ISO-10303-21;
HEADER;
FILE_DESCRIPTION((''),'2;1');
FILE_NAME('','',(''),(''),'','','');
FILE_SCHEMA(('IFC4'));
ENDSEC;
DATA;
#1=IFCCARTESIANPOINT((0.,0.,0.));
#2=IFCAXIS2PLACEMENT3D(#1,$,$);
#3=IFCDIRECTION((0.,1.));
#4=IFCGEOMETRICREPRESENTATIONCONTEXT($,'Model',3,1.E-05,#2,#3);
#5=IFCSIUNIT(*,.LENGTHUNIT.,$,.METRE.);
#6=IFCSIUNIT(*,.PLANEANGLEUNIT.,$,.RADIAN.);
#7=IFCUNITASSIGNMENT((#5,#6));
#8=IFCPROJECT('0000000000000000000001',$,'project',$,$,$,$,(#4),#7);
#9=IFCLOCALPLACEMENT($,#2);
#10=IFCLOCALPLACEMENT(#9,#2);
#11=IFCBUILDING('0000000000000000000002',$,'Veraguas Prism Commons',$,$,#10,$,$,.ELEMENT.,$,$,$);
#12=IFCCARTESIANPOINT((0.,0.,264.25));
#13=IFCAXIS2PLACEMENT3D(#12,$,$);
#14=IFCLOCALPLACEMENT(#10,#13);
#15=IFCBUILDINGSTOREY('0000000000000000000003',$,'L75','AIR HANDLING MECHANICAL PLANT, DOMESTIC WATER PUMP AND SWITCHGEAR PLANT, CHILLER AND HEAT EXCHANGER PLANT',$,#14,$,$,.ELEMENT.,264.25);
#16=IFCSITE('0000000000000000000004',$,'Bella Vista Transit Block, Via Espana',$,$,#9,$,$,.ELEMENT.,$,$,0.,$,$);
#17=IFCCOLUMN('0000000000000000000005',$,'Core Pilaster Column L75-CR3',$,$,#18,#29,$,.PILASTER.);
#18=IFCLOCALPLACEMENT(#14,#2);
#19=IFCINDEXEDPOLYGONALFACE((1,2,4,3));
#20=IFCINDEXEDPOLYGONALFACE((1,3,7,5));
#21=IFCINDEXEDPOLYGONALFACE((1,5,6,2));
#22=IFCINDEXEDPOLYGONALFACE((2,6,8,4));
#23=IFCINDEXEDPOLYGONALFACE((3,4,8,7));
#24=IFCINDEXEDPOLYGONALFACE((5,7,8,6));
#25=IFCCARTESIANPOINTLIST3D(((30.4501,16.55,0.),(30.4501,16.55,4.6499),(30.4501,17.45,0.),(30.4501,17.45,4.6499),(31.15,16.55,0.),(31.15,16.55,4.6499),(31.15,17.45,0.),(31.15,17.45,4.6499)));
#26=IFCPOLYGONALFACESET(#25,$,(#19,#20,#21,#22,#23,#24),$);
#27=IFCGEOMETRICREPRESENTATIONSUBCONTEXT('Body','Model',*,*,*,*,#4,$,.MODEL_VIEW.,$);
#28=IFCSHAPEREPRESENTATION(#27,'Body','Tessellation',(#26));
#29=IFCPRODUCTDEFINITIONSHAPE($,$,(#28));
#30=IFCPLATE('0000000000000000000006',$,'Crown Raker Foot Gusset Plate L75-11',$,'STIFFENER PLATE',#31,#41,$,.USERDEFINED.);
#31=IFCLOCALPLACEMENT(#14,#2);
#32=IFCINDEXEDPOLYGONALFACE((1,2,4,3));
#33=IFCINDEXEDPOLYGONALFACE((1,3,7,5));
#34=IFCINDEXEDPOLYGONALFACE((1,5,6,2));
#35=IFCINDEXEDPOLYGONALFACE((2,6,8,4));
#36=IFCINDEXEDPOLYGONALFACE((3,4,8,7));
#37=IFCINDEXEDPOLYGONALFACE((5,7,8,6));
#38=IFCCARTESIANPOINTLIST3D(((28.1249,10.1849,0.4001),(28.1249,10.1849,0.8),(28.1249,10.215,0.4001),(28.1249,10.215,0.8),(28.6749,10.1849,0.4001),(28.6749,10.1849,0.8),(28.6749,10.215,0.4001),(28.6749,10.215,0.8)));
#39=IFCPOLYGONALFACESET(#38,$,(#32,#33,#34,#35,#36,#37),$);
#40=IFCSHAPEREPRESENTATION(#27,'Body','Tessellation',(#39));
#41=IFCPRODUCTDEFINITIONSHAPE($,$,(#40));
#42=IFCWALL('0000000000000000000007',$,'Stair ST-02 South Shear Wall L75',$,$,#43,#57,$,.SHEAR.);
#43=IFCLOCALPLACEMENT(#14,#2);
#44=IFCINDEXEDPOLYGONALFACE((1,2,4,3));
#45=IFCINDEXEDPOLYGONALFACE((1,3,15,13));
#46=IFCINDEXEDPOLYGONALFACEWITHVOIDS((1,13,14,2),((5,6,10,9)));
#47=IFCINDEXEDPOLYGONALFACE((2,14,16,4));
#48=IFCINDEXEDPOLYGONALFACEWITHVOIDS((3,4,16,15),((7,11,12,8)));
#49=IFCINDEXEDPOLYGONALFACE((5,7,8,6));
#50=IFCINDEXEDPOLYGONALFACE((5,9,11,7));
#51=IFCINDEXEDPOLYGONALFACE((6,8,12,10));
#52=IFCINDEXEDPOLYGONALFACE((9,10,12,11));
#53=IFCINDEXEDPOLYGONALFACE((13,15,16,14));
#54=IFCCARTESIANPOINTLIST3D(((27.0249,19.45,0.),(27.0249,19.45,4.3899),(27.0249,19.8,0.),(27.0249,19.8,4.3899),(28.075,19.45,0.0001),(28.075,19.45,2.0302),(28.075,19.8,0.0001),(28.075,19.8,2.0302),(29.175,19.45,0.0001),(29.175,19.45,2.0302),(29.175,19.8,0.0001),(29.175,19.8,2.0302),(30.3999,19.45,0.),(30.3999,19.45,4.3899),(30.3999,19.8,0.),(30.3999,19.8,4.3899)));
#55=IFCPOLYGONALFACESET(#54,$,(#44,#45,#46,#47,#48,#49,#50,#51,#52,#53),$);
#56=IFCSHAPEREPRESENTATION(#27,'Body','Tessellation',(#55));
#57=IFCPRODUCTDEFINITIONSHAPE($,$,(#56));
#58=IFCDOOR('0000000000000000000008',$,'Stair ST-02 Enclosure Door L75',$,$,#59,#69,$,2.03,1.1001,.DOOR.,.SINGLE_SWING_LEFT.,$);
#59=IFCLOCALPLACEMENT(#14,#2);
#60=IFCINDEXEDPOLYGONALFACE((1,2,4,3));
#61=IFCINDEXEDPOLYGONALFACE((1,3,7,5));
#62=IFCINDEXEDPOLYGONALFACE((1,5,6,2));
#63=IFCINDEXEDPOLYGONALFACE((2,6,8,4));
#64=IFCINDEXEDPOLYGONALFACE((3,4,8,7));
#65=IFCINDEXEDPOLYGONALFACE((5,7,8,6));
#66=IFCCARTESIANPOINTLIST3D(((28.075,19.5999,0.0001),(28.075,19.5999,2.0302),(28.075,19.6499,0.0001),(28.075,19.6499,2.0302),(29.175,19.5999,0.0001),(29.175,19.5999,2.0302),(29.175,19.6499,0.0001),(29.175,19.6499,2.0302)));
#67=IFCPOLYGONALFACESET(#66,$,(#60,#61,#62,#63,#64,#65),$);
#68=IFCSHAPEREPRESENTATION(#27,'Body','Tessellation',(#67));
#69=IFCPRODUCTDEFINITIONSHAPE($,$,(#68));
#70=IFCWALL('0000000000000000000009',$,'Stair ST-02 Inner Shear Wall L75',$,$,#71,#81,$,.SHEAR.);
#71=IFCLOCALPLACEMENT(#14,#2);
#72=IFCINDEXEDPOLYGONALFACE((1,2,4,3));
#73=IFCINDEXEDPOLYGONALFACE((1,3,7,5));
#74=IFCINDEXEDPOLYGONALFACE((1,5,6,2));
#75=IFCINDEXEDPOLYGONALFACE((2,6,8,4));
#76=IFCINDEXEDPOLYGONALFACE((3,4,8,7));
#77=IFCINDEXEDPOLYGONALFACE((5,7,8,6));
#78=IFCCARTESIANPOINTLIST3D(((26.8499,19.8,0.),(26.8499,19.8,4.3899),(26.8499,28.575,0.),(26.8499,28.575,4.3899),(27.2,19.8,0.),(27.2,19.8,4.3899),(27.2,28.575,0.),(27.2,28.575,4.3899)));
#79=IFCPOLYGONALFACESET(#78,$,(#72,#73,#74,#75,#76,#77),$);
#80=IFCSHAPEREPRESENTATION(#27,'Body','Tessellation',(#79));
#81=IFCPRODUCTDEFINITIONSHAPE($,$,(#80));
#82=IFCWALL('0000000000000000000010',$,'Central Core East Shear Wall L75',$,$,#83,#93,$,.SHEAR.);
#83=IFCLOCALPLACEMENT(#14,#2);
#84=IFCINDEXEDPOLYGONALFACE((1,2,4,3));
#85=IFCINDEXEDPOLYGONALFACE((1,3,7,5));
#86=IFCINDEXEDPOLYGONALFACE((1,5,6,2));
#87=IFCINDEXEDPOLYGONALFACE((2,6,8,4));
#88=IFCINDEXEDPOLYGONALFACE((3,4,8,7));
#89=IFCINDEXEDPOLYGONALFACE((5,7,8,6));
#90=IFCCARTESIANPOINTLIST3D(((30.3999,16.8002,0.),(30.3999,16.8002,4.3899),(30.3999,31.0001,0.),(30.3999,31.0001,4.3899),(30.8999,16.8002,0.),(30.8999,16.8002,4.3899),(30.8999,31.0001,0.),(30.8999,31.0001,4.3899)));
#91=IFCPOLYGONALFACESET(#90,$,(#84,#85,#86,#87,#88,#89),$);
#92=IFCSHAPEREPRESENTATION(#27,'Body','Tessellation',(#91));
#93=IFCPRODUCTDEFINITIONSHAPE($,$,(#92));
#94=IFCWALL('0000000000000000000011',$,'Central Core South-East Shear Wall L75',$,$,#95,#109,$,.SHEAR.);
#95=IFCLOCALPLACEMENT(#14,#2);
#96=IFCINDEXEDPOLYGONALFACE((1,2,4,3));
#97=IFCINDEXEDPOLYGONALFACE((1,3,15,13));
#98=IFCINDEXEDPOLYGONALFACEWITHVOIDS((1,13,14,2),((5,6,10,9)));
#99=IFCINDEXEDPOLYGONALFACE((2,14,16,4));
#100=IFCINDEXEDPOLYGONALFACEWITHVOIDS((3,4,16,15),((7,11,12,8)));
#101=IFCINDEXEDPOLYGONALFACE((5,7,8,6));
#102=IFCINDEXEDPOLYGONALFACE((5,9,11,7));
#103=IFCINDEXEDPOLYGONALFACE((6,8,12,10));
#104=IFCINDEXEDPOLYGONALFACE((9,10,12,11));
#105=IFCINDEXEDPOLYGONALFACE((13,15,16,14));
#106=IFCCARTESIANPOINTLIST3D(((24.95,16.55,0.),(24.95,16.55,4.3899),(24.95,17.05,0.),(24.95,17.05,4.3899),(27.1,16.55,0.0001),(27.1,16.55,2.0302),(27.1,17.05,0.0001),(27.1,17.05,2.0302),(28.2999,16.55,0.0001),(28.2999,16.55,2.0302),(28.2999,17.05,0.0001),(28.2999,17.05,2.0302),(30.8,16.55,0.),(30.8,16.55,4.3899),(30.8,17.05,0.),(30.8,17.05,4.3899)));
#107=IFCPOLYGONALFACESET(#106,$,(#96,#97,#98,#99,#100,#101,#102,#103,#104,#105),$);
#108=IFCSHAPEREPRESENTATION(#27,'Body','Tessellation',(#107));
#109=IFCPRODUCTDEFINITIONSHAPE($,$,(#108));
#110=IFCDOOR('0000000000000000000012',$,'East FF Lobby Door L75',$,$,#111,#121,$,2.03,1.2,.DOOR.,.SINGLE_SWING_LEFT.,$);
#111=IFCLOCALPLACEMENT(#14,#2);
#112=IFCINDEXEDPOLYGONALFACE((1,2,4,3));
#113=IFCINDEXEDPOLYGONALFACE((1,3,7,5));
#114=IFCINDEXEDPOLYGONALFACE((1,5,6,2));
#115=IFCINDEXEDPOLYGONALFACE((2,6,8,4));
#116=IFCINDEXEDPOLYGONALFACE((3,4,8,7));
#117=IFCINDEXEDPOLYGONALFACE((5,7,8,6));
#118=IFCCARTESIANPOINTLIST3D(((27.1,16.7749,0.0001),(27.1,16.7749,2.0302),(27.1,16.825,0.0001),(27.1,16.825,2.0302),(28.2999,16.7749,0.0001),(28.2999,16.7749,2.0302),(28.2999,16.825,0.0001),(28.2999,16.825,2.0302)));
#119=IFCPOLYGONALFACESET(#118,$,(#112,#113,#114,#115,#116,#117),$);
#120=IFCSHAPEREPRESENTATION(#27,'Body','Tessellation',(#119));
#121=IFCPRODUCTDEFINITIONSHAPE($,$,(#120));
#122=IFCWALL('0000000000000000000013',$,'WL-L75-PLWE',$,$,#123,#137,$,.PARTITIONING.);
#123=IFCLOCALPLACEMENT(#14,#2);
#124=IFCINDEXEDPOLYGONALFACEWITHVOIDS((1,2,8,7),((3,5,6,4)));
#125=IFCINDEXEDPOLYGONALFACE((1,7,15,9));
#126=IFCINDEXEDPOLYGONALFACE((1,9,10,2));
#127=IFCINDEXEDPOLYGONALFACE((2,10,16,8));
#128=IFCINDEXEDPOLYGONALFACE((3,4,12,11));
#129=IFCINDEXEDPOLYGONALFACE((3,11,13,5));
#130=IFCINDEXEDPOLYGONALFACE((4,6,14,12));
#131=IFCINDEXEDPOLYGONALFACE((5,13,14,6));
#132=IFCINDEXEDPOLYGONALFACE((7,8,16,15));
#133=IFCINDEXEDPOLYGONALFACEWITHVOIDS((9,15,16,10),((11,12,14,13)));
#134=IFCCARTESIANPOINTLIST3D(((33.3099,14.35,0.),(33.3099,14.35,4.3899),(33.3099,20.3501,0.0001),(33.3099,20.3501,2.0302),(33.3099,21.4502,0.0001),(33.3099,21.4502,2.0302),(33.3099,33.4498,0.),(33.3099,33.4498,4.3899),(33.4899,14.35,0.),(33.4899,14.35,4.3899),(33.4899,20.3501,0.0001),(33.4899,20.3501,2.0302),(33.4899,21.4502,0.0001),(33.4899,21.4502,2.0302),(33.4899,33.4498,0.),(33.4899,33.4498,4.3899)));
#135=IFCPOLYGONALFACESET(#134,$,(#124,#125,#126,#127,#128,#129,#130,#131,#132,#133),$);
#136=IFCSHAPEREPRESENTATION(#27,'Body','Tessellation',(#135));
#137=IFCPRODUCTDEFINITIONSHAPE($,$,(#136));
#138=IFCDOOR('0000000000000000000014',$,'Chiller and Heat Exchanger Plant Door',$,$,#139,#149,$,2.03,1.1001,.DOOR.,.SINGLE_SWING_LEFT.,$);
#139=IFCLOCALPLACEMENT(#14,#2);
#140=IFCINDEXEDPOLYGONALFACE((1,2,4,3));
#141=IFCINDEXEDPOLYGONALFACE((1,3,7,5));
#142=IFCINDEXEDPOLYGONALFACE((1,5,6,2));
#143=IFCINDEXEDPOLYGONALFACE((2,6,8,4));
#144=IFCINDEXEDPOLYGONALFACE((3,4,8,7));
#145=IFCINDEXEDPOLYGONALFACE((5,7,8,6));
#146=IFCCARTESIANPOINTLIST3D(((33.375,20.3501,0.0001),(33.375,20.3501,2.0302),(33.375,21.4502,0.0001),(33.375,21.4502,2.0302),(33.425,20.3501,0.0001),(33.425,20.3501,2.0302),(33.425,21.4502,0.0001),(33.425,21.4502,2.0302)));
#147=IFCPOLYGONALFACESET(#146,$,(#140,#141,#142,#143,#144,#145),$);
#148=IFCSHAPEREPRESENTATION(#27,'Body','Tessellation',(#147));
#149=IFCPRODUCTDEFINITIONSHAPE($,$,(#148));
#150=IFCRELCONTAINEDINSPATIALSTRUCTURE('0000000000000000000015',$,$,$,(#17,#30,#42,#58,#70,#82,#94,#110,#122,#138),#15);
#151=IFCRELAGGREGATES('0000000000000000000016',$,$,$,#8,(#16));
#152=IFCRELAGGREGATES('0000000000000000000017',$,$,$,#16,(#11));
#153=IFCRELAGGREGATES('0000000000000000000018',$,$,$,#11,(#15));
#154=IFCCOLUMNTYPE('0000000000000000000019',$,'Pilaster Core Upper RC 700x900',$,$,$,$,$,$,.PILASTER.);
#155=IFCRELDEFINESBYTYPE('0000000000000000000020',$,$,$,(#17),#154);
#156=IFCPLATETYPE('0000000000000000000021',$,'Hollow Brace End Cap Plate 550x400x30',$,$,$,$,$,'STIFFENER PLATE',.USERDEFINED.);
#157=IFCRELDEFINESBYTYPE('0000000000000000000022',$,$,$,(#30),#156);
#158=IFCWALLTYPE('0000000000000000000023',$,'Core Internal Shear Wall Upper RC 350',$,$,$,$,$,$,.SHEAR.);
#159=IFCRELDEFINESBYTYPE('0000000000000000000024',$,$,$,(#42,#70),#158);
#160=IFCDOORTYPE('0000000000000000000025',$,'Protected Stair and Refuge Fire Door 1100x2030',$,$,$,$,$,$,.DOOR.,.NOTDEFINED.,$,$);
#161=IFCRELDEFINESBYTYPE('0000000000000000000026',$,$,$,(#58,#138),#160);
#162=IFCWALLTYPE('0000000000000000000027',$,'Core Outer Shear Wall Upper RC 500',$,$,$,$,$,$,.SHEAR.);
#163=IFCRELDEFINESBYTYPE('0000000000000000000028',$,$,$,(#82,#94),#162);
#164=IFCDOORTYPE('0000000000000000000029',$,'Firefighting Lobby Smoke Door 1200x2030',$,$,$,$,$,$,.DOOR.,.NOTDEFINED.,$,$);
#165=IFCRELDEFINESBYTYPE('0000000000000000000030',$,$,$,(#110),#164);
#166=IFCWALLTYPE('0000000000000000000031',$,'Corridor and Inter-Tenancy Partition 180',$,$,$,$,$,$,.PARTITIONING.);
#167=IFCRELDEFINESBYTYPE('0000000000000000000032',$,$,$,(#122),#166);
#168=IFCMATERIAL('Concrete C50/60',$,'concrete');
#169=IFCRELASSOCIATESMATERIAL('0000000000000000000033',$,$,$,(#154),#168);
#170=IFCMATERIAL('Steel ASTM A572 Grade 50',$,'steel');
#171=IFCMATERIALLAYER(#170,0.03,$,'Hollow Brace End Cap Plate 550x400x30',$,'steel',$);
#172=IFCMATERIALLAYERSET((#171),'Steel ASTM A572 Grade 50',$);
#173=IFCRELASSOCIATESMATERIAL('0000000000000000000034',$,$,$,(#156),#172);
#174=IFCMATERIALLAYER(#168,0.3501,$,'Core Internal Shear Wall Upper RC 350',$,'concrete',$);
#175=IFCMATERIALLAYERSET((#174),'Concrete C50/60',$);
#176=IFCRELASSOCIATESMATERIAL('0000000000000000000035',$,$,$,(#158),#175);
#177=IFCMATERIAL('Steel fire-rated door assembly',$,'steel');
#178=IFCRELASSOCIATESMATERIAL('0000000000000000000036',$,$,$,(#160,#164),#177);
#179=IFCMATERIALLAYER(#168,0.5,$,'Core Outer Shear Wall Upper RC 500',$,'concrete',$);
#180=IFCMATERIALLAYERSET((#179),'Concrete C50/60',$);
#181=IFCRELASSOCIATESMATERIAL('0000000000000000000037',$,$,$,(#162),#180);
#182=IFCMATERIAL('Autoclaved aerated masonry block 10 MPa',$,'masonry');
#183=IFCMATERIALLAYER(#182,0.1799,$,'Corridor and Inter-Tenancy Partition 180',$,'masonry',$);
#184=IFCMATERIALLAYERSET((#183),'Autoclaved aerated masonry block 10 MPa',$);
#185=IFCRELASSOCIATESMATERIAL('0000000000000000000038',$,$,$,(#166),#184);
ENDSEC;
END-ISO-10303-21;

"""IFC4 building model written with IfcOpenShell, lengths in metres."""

from ifc_helpers import new_model, si_unit, direction, frame, frame_2d, origin, origin_2d, place, context, subcontext, project, spatial, rectangle, extrude, source, transform, mapped, material, layer, layer_set, material_profile, profile_set, type_object, element, fill, save


model = new_model("IFC4")

# Units and contexts
model_context = context("Model", 3, precision=1e-05, world=origin(), true_north=direction((0.0, 1.0)))
body_context = subcontext(model_context, "Body", "Model", "MODEL_VIEW")
ifc_project = project(units=[si_unit("LENGTHUNIT", "METRE"), si_unit("PLANEANGLEUNIT", "RADIAN")], contexts=[model_context])

# Site, building, storey
site_placement = place(None, origin())
site = spatial("IfcSite", under=ifc_project, at=site_placement, Name="Bella Vista Transit Block, Via Espana", CompositionType="ELEMENT", RefElevation=0.0)
building_placement = place(site_placement, origin())
building = spatial("IfcBuilding", under=site, at=building_placement, Name="Veraguas Prism Commons", CompositionType="ELEMENT")
storey_placement = place(building_placement, frame((0.0, 0.0, 264.25)))
storey = spatial("IfcBuildingStorey", under=building, at=storey_placement, Name="L75", Description="AIR HANDLING MECHANICAL PLANT, DOMESTIC WATER PUMP AND SWITCHGEAR PLANT, CHILLER AND HEAT EXCHANGER PLANT", CompositionType="ELEMENT", Elevation=264.25)

# Column
ifc_material_1 = material(Name="Concrete C50/60", Category="concrete")
ifc_material_profile = material_profile(ifc_material_1, rectangle(XDim=0.7, YDim=0.8999, at=origin_2d()), Name="RC700X900")
ifc_profile_set = profile_set([ifc_material_profile], Name="Concrete C50/60")
column_type = type_object("IfcColumnType", Name="Pilaster Core Upper RC 700x900", PredefinedType="PILASTER", material=ifc_profile_set)
column_placement = place(storey_placement, frame((30.8, 17.0, 0.0), z_axis=(0.0, 0.0, 1.0), x_axis=(1.0, 0.0, 0.0)))
element("IfcColumn", 1, at=column_placement, inside=storey, type_object=column_type, Name="Core Pilaster Column L75-CR3", PredefinedType="PILASTER", context=body_context, shape_type="SweptSolid", body=[
    extrude(rectangle(XDim=0.7, YDim=0.8999, at=origin_2d()), origin(), (0.0, 0.0, 1.0), 4.6499),
])

# Plate
ifc_material_2 = material(Name="Steel ASTM A572 Grade 50", Category="steel")
ifc_layer_1 = layer(ifc_material_2, 0.03, Name="Hollow Brace End Cap Plate 550x400x30", Category="steel")
ifc_layer_set_1 = layer_set([ifc_layer_1], Name="Steel ASTM A572 Grade 50")
plate_type = type_object("IfcPlateType", Name="Hollow Brace End Cap Plate 550x400x30", ElementType="STIFFENER PLATE", PredefinedType="USERDEFINED", material=ifc_layer_set_1)
shared_shape_1 = source(origin(), body_context, "Body", "SweptSolid", [
    extrude(rectangle(XDim=0.55, YDim=0.03, at=origin_2d()), origin(), (0.0, 0.0, 1.0), 0.3999),
])
plate_placement = place(storey_placement, frame((28.3999, 10.2, 0.4001), z_axis=(0.0, 0.0, 1.0), x_axis=(1.0, 0.0, 0.0)))
element("IfcPlate", 2, at=plate_placement, inside=storey, type_object=plate_type, Name="Crown Raker Foot Gusset Plate L75-11", ObjectType="STIFFENER PLATE", PredefinedType="USERDEFINED", context=body_context, shape_type="MappedRepresentation", body=[
    mapped(shared_shape_1, transform((0.0, 0.0, 0.0), scale=1.0)),
])

# Wall, opening, door
ifc_layer_2 = layer(ifc_material_1, 0.3501, Name="Core Internal Shear Wall Upper RC 350", Category="concrete")
ifc_layer_set_2 = layer_set([ifc_layer_2], Name="Concrete C50/60")
wall_type_1 = type_object("IfcWallType", Name="Core Internal Shear Wall Upper RC 350", PredefinedType="SHEAR", material=ifc_layer_set_2)
wall_1_placement = place(storey_placement, frame((27.0249, 19.625, 0.0), z_axis=(0.0, 0.0, 1.0), x_axis=(1.0, 0.0, 0.0)))
wall_1 = element("IfcWall", 3, at=wall_1_placement, inside=storey, type_object=wall_type_1, Name="Stair ST-02 South Shear Wall L75", PredefinedType="SHEAR", context=body_context, shape_type="SweptSolid", body=[
    extrude(rectangle(XDim=3.375, YDim=0.3501, at=frame_2d((1.6875, 0.0))), origin(), (0.0, 0.0, 1.0), 4.3899),
])
opening_1_placement = place(wall_1_placement, frame((1.05, 0.0, 0.0)))
opening_1 = element("IfcOpeningElement", 4, at=opening_1_placement, cuts=wall_1, PredefinedType="OPENING", context=body_context, shape_type="SweptSolid", body=[
    extrude(rectangle(XDim=1.1001, YDim=2.03, at=frame_2d((0.55, 1.0151))), frame((0.0, 0.1851, 0.0), z_axis=(0.0, -1.0, 0.0), x_axis=(1.0, 0.0, 0.0)), (0.0, 0.0, 1.0), 0.3701),
])
ifc_material_3 = material(Name="Steel fire-rated door assembly", Category="steel")
door_type_1 = type_object("IfcDoorType", Name="Protected Stair and Refuge Fire Door 1100x2030", OperationType="NOTDEFINED", PredefinedType="DOOR", material=ifc_material_3)
shared_shape_2 = source(origin(), body_context, "Body", "SweptSolid", [
    extrude(rectangle(XDim=1.1001, YDim=2.03, at=frame_2d((0.55, 1.0151))), frame((0.0, 0.0249, 0.0), z_axis=(0.0, -1.0, 0.0), x_axis=(1.0, 0.0, 0.0)), (0.0, 0.0, 1.0), 0.05),
])
door_1_placement = place(opening_1_placement, origin())
door_1 = element("IfcDoor", 5, at=door_1_placement, inside=storey, type_object=door_type_1, Name="Stair ST-02 Enclosure Door L75", OperationType="SINGLE_SWING_LEFT", OverallHeight=2.03, OverallWidth=1.1001, PredefinedType="DOOR", context=body_context, shape_type="MappedRepresentation", body=[
    mapped(shared_shape_2, transform((0.0, 0.0, 0.0), scale=1.0)),
])
fill(opening_1, door_1)

# Walls
wall_2_placement = place(storey_placement, frame((27.0249, 19.8, 0.0), z_axis=(0.0, 0.0, 1.0), x_axis=(0.0, 1.0, 0.0)))
element("IfcWall", 6, at=wall_2_placement, inside=storey, type_object=wall_type_1, Name="Stair ST-02 Inner Shear Wall L75", PredefinedType="SHEAR", context=body_context, shape_type="SweptSolid", body=[
    extrude(rectangle(XDim=8.7749, YDim=0.3501, at=frame_2d((4.3875, 0.0))), origin(), (0.0, 0.0, 1.0), 4.3899),
])
ifc_layer_3 = layer(ifc_material_1, 0.5, Name="Core Outer Shear Wall Upper RC 500", Category="concrete")
ifc_layer_set_3 = layer_set([ifc_layer_3], Name="Concrete C50/60")
wall_type_2 = type_object("IfcWallType", Name="Core Outer Shear Wall Upper RC 500", PredefinedType="SHEAR", material=ifc_layer_set_3)
wall_3_placement = place(storey_placement, frame((30.6499, 16.8, 0.0), z_axis=(0.0, 0.0, 1.0), x_axis=(0.0, 1.0, 0.0)))
element("IfcWall", 7, at=wall_3_placement, inside=storey, type_object=wall_type_2, Name="Central Core East Shear Wall L75", PredefinedType="SHEAR", context=body_context, shape_type="SweptSolid", body=[
    extrude(rectangle(XDim=14.2, YDim=0.5, at=frame_2d((7.1001, 0.0))), origin(), (0.0, 0.0, 1.0), 4.3899),
])

# Walls, openings, doors
wall_4_placement = place(storey_placement, frame((24.95, 16.8, 0.0), z_axis=(0.0, 0.0, 1.0), x_axis=(1.0, 0.0, 0.0)))
wall_4 = element("IfcWall", 8, at=wall_4_placement, inside=storey, type_object=wall_type_2, Name="Central Core South-East Shear Wall L75", PredefinedType="SHEAR", context=body_context, shape_type="SweptSolid", body=[
    extrude(rectangle(XDim=5.8501, YDim=0.5, at=frame_2d((2.925, 0.0))), origin(), (0.0, 0.0, 1.0), 4.3899),
])
opening_2_placement = place(wall_4_placement, frame((2.1499, 0.0, 0.0)))
opening_2 = element("IfcOpeningElement", 9, at=opening_2_placement, cuts=wall_4, PredefinedType="OPENING", context=body_context, shape_type="SweptSolid", body=[
    extrude(rectangle(XDim=1.2, YDim=2.03, at=frame_2d((0.6001, 1.0151))), frame((0.0, 0.26, 0.0), z_axis=(0.0, -1.0, 0.0), x_axis=(1.0, 0.0, 0.0)), (0.0, 0.0, 1.0), 0.52),
])
door_type_2 = type_object("IfcDoorType", Name="Firefighting Lobby Smoke Door 1200x2030", OperationType="NOTDEFINED", PredefinedType="DOOR", material=ifc_material_3)
shared_shape_3 = source(origin(), body_context, "Body", "SweptSolid", [
    extrude(rectangle(XDim=1.2, YDim=2.03, at=frame_2d((0.6001, 1.0151))), frame((0.0, 0.0249, 0.0), z_axis=(0.0, -1.0, 0.0), x_axis=(1.0, 0.0, 0.0)), (0.0, 0.0, 1.0), 0.05),
])
door_2_placement = place(opening_2_placement, origin())
door_2 = element("IfcDoor", 10, at=door_2_placement, inside=storey, type_object=door_type_2, Name="East FF Lobby Door L75", OperationType="SINGLE_SWING_LEFT", OverallHeight=2.03, OverallWidth=1.2, PredefinedType="DOOR", context=body_context, shape_type="MappedRepresentation", body=[
    mapped(shared_shape_3, transform((0.0, 0.0, 0.0), scale=1.0)),
])
fill(opening_2, door_2)
ifc_material_4 = material(Name="Autoclaved aerated masonry block 10 MPa", Category="masonry")
ifc_layer_4 = layer(ifc_material_4, 0.1799, Name="Corridor and Inter-Tenancy Partition 180", Category="masonry")
ifc_layer_set_4 = layer_set([ifc_layer_4], Name="Autoclaved aerated masonry block 10 MPa")
wall_type_3 = type_object("IfcWallType", Name="Corridor and Inter-Tenancy Partition 180", PredefinedType="PARTITIONING", material=ifc_layer_set_4)
wall_5_placement = place(storey_placement, frame((33.3999, 14.3501, 0.0), z_axis=(0.0, 0.0, 1.0), x_axis=(0.0, 1.0, 0.0)))
wall_5 = element("IfcWall", 11, at=wall_5_placement, inside=storey, type_object=wall_type_3, Name="WL-L75-PLWE", PredefinedType="PARTITIONING", context=body_context, shape_type="SweptSolid", body=[
    extrude(rectangle(XDim=19.0999, YDim=0.1799, at=frame_2d((9.5498, 0.0))), origin(), (0.0, 0.0, 1.0), 4.3899),
])
opening_3_placement = place(wall_5_placement, frame((6.0, 0.0, 0.0)))
opening_3 = element("IfcOpeningElement", 12, at=opening_3_placement, cuts=wall_5, PredefinedType="OPENING", context=body_context, shape_type="SweptSolid", body=[
    extrude(rectangle(XDim=1.1001, YDim=2.03, at=frame_2d((0.55, 1.0151))), frame((0.0, 0.0999, 0.0), z_axis=(0.0, -1.0, 0.0), x_axis=(1.0, 0.0, 0.0)), (0.0, 0.0, 1.0), 0.2),
])
door_3_placement = place(opening_3_placement, origin())
door_3 = element("IfcDoor", 13, at=door_3_placement, inside=storey, type_object=door_type_1, Name="Chiller and Heat Exchanger Plant Door", OperationType="SINGLE_SWING_LEFT", OverallHeight=2.03, OverallWidth=1.1001, PredefinedType="DOOR", context=body_context, shape_type="MappedRepresentation", body=[
    mapped(shared_shape_2, transform((0.0, 0.0, 0.0), scale=1.0)),
])
fill(opening_3, door_3)

save(model, "model.ifc")
